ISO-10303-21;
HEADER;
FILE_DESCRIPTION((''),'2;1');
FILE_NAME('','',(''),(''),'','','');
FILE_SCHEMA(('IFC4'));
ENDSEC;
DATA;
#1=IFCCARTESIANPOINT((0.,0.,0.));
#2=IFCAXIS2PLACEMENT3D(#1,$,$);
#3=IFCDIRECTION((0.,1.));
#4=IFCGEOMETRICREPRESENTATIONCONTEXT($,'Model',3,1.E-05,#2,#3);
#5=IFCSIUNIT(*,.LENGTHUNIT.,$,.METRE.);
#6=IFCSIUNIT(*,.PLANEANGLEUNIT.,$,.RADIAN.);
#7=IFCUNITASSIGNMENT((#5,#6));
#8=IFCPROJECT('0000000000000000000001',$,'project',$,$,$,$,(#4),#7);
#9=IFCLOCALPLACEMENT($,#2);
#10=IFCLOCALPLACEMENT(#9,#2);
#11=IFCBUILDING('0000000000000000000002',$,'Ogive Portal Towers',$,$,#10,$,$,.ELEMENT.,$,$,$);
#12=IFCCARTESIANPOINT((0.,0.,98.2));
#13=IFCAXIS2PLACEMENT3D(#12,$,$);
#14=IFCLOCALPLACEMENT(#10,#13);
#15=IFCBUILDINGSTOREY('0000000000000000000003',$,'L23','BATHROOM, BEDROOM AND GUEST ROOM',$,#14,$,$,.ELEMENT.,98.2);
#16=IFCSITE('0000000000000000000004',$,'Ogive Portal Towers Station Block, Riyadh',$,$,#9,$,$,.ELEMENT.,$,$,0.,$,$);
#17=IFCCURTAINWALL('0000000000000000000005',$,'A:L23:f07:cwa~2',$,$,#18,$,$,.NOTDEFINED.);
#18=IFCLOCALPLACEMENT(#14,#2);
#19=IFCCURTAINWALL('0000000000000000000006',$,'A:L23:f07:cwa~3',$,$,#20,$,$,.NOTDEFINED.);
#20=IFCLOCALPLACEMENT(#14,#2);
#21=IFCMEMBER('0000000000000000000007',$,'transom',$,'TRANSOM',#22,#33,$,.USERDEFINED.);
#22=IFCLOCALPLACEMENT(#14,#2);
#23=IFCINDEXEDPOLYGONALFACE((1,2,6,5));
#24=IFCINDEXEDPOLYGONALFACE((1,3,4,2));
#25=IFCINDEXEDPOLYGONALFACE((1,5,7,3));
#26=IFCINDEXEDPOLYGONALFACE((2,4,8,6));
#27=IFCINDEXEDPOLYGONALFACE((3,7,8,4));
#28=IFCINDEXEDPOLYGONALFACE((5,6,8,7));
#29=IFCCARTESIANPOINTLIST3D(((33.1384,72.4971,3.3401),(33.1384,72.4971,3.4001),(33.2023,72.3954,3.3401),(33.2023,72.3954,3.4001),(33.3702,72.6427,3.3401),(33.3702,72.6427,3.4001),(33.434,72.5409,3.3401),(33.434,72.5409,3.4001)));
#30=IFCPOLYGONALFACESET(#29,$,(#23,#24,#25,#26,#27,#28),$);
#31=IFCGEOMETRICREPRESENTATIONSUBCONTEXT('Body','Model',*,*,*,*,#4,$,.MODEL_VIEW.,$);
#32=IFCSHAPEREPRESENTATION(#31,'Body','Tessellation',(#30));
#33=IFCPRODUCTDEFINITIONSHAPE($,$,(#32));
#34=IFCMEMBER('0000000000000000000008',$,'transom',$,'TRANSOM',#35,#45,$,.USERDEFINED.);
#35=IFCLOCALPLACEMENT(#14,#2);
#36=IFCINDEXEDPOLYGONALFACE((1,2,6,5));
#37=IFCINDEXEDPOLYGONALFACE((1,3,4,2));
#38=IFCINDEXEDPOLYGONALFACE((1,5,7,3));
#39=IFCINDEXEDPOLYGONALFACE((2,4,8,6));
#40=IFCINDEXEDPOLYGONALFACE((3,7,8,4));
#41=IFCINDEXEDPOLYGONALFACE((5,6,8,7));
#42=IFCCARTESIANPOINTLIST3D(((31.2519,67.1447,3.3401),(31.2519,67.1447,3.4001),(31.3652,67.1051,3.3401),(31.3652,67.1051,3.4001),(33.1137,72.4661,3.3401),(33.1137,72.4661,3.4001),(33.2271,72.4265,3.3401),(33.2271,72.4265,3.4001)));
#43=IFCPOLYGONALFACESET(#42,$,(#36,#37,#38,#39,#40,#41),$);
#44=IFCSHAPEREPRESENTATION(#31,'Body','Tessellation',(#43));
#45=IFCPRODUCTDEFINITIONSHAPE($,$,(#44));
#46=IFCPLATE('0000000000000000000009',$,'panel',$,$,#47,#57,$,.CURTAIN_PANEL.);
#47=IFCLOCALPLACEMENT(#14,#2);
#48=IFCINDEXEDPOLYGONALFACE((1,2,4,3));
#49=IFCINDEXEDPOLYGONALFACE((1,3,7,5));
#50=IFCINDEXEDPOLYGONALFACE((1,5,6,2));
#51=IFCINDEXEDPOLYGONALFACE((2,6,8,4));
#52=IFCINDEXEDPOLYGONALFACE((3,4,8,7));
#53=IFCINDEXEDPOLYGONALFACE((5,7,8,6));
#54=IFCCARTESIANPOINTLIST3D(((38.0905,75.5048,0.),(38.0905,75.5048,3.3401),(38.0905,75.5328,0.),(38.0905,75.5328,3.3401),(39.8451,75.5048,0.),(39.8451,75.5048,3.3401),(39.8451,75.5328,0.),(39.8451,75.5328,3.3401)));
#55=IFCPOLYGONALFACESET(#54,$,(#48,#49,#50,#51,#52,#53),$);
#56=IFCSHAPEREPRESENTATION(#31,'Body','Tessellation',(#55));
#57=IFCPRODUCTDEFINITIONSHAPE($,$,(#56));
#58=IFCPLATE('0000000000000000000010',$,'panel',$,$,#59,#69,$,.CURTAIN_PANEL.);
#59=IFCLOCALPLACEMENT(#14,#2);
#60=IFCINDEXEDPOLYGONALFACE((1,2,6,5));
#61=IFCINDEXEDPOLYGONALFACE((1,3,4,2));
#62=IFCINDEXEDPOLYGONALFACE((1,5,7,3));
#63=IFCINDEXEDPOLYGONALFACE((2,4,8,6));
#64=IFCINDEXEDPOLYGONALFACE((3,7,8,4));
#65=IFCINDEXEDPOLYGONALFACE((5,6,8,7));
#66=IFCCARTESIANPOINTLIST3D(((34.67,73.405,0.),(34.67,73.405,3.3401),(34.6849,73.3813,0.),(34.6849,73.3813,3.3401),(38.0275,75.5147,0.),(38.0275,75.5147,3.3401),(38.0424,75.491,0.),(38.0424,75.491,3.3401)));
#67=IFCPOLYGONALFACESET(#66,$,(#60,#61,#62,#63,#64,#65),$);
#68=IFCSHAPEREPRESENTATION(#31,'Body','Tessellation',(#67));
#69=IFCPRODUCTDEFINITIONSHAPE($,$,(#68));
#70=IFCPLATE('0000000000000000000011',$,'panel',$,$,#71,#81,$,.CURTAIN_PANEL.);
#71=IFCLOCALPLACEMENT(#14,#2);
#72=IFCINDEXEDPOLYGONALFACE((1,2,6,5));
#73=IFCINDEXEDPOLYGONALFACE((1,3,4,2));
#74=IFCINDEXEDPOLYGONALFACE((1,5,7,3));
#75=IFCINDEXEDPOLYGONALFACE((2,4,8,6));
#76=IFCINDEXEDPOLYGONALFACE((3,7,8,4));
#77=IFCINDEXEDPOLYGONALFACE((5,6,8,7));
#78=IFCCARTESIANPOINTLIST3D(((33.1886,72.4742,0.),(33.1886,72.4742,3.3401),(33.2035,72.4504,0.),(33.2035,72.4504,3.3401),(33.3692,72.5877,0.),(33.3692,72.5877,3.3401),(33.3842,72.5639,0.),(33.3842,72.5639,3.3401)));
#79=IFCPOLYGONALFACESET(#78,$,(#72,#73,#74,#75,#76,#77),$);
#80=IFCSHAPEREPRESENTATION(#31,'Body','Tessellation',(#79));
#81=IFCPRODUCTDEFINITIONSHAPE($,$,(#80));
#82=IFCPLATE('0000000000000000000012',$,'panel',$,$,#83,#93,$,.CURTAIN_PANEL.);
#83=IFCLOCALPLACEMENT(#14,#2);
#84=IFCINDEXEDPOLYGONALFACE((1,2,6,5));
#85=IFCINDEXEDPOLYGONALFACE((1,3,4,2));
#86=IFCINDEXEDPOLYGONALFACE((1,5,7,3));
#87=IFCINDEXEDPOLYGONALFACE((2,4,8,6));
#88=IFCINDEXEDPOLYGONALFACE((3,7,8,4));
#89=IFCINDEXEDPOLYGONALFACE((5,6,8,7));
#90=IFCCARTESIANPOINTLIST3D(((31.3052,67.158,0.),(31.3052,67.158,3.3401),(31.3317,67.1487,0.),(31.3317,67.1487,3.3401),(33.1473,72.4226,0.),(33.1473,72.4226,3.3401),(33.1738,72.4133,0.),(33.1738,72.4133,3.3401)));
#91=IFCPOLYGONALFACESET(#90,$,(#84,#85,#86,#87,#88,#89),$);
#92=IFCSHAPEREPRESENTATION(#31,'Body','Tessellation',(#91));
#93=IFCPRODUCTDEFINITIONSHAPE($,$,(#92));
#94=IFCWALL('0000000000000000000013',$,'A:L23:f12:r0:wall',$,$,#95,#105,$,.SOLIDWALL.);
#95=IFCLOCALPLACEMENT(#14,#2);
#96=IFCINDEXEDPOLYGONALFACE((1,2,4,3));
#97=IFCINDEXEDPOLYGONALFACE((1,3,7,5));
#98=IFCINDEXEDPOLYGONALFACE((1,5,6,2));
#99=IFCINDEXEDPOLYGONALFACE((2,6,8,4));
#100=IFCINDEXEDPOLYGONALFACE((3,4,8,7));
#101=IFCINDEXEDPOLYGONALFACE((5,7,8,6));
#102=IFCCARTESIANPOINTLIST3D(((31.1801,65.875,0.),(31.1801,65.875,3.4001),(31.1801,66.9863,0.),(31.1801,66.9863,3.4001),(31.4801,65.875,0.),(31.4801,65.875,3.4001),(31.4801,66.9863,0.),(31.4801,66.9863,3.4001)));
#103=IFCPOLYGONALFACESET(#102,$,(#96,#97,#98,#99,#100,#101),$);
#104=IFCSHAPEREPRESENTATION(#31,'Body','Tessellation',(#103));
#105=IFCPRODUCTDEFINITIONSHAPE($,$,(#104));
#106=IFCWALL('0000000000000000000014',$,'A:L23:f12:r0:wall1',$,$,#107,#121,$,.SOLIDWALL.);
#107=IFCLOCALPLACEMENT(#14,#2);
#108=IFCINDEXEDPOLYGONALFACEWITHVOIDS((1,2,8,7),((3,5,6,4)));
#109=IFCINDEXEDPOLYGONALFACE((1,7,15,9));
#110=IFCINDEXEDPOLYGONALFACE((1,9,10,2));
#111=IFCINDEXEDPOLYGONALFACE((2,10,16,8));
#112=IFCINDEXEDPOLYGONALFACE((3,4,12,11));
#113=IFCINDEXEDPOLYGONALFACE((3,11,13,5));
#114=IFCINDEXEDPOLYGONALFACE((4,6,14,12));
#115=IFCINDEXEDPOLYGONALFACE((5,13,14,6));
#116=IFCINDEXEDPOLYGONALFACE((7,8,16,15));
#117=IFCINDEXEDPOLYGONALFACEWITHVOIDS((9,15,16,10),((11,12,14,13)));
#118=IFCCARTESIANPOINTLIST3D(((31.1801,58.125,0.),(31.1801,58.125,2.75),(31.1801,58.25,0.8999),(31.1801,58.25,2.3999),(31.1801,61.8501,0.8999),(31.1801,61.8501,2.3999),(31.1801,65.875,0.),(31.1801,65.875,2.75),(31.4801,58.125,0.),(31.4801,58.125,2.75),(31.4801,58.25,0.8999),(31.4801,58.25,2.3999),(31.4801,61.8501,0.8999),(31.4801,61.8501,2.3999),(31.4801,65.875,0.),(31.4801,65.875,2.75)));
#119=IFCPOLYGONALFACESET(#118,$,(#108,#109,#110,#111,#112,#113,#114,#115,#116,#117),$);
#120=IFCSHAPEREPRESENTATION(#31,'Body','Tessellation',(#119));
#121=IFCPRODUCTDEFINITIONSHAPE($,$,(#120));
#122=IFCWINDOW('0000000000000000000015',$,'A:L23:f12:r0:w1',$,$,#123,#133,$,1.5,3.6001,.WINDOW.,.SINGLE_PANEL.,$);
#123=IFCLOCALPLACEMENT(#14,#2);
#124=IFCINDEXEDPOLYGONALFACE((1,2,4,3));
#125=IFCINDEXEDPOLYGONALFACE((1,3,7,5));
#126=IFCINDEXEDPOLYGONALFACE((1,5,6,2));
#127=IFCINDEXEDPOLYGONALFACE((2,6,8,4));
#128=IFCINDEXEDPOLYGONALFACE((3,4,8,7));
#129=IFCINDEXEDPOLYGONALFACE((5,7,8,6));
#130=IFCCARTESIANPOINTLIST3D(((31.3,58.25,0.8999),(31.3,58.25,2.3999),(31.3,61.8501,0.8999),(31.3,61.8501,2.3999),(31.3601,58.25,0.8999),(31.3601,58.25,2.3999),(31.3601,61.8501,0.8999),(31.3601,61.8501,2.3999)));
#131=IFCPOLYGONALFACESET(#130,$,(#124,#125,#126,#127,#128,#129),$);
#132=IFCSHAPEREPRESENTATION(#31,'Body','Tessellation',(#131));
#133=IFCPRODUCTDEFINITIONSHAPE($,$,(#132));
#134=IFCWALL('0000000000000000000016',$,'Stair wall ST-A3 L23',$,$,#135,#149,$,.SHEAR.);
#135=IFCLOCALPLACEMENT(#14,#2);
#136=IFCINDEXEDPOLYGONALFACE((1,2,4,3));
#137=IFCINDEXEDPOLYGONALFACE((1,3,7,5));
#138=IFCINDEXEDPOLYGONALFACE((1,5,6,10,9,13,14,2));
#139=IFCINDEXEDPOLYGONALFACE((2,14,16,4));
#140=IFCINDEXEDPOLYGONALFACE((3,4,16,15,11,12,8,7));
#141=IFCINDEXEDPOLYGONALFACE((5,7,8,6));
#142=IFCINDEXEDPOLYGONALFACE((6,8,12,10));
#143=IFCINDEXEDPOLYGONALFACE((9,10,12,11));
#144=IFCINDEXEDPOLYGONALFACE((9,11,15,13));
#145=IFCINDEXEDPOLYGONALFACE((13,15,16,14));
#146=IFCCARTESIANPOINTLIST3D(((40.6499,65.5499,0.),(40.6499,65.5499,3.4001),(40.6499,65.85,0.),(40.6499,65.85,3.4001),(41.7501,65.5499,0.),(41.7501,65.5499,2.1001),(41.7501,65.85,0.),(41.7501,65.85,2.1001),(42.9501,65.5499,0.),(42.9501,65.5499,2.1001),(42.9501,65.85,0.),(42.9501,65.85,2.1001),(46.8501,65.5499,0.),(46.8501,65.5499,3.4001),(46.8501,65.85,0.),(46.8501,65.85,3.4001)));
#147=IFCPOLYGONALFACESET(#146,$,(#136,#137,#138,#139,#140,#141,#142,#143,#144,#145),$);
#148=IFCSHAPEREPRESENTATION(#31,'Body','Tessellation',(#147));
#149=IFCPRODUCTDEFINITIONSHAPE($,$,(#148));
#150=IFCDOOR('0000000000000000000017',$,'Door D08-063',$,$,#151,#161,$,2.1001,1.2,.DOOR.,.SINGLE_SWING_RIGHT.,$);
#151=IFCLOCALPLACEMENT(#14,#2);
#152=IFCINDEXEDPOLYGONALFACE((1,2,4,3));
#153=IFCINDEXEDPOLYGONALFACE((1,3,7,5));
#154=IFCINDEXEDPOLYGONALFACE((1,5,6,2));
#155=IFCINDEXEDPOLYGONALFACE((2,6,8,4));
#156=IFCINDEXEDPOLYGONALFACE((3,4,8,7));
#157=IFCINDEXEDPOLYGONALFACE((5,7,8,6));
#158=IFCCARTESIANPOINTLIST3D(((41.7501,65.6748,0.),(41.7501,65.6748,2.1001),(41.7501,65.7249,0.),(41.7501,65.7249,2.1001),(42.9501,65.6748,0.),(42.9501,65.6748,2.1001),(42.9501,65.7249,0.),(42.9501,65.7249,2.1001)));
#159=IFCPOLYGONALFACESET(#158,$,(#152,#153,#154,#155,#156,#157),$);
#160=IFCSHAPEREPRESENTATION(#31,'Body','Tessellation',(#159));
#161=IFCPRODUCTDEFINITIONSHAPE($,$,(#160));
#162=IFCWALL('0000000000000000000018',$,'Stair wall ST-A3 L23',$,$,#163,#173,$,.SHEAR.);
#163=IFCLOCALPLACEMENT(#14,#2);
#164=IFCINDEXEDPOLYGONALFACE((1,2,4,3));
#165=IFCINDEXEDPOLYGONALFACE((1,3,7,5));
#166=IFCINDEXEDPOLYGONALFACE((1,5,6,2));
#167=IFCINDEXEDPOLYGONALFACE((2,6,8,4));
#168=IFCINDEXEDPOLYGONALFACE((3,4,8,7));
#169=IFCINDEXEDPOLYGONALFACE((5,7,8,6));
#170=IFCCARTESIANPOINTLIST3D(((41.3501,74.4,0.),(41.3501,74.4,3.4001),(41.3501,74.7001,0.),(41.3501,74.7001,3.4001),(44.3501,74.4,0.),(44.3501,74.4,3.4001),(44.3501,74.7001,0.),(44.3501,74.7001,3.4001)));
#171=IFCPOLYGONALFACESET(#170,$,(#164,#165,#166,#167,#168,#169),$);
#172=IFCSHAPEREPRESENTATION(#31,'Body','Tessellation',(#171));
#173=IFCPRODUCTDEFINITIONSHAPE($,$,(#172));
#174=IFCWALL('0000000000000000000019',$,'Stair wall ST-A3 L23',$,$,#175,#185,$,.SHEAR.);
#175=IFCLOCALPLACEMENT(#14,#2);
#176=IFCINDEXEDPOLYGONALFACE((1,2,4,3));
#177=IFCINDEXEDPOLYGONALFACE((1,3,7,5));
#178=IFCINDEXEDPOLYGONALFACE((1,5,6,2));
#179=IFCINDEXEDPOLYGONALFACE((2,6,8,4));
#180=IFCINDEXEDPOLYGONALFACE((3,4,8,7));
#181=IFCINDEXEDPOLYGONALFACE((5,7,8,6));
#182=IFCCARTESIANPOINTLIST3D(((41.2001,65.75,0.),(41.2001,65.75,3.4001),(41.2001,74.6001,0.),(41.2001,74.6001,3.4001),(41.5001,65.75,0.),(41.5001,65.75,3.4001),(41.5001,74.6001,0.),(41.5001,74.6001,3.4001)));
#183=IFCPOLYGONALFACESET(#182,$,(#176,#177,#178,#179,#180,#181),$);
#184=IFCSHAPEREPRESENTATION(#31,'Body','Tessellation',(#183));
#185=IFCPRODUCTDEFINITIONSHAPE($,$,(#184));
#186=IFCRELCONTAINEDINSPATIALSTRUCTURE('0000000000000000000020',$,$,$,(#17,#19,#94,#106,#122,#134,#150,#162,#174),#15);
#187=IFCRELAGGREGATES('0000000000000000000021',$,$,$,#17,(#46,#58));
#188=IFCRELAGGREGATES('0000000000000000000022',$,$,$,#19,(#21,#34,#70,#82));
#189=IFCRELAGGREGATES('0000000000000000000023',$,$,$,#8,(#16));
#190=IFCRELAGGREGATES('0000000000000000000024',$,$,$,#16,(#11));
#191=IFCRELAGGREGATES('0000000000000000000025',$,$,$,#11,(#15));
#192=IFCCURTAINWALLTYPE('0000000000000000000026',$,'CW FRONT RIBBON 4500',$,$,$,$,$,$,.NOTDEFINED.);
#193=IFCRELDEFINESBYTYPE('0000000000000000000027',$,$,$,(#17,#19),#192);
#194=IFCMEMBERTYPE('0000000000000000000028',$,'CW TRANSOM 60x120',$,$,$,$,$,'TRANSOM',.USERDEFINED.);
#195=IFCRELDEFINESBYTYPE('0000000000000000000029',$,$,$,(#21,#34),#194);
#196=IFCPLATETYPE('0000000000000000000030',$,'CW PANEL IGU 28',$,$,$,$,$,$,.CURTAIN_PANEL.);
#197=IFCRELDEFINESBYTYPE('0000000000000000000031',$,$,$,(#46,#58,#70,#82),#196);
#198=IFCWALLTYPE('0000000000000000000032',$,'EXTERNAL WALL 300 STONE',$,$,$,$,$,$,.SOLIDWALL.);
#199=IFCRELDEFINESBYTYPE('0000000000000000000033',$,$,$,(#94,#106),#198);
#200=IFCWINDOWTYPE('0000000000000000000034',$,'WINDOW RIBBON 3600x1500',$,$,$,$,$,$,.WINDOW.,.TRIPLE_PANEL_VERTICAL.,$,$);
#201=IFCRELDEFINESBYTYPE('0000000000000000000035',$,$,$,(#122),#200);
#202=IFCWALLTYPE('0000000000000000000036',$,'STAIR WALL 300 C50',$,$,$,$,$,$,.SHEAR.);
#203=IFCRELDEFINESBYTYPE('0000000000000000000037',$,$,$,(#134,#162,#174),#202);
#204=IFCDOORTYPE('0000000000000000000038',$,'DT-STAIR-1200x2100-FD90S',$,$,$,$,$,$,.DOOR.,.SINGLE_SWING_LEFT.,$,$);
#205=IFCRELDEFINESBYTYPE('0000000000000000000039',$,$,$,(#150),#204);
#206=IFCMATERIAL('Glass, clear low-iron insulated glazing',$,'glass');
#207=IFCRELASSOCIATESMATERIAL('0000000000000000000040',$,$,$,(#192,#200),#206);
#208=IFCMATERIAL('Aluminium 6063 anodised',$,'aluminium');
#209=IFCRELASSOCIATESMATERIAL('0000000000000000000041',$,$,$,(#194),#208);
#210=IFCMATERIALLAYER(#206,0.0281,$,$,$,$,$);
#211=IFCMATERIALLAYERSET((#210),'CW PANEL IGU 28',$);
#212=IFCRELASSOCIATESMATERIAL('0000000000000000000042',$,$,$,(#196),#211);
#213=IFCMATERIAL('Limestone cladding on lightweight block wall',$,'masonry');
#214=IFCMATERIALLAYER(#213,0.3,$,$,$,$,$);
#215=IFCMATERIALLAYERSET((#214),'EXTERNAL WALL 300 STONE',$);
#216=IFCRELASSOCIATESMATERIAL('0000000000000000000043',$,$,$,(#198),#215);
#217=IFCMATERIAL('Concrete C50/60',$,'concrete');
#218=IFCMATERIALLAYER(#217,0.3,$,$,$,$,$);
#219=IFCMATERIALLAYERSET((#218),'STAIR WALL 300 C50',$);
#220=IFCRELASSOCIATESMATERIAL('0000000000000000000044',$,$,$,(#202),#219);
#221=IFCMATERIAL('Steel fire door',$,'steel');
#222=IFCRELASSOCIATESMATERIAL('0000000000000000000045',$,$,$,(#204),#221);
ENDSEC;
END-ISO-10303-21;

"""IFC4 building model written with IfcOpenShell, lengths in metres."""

from ifc_helpers import new_model, si_unit, direction, frame, frame_2d, origin, origin_2d, place, context, subcontext, project, spatial, rectangle, extrude, material, layer, layer_set, material_profile, profile_set, type_object, element, fill, aggregate, save


model = new_model("IFC4")

# Units and contexts
model_context = context("Model", 3, precision=1e-05, world=origin(), true_north=direction((0.0, 1.0)))
body_context = subcontext(model_context, "Body", "Model", "MODEL_VIEW")
ifc_project = project(units=[si_unit("LENGTHUNIT", "METRE"), si_unit("PLANEANGLEUNIT", "RADIAN")], contexts=[model_context])

# Site, building, storey
site_placement = place(None, origin())
site = spatial("IfcSite", under=ifc_project, at=site_placement, Name="Ogive Portal Towers Station Block, Riyadh", CompositionType="ELEMENT", RefElevation=0.0)
building_placement = place(site_placement, origin())
building = spatial("IfcBuilding", under=site, at=building_placement, Name="Ogive Portal Towers", CompositionType="ELEMENT")
storey_placement = place(building_placement, frame((0.0, 0.0, 98.2)))
storey = spatial("IfcBuildingStorey", under=building, at=storey_placement, Name="L23", Description="BATHROOM, BEDROOM AND GUEST ROOM", CompositionType="ELEMENT", Elevation=98.2)

# Shared definitions
ifc_material_1 = material(Name="Glass, clear low-iron insulated glazing", Category="glass")
curtain_wall_type = type_object("IfcCurtainWallType", Name="CW FRONT RIBBON 4500", PredefinedType="NOTDEFINED", material=ifc_material_1)
ifc_material_2 = material(Name="Aluminium 6063 anodised", Category="aluminium")

# Curtain walls
curtain_wall_1_placement = place(storey_placement, origin())
curtain_wall_1 = element("IfcCurtainWall", 1, at=curtain_wall_1_placement, inside=storey, type_object=curtain_wall_type, Name="A:L23:f07:cwa~2", PredefinedType="NOTDEFINED")
curtain_wall_2_placement = place(storey_placement, origin())
curtain_wall_2 = element("IfcCurtainWall", 2, at=curtain_wall_2_placement, inside=storey, type_object=curtain_wall_type, Name="A:L23:f07:cwa~3", PredefinedType="NOTDEFINED")

# Members
ifc_material_profile_1 = material_profile(ifc_material_2, rectangle(XDim=0.1201, YDim=0.0601, at=origin_2d()), Name="AL 120x60")
ifc_profile_set_1 = profile_set([ifc_material_profile_1], Name="Aluminium 6063 anodised")
member_type_1 = type_object("IfcMemberType", Name="CW TRANSOM 60x120", ElementType="TRANSOM", PredefinedType="USERDEFINED", material=ifc_profile_set_1)
member_1_placement = place(storey_placement, frame((33.4021, 72.5918, 3.3701), z_axis=(-0.846843, -0.531843, 0.0), x_axis=(0.531843, -0.846843, 0.0)))
member_1 = element("IfcMember", 3, at=member_1_placement, type_object=member_type_1, Name="transom", ObjectType="TRANSOM", PredefinedType="USERDEFINED", context=body_context, shape_type="SweptSolid", body=[
    extrude(rectangle(XDim=0.1201, YDim=0.0601, at=origin_2d()), origin(), (0.0, 0.0, 1.0), 0.2737),
])
member_2_placement = place(storey_placement, frame((33.1704, 72.4463, 3.3701), z_axis=(-0.33025, -0.943893, 0.0), x_axis=(0.943893, -0.33025, 0.0)))
member_2 = element("IfcMember", 4, at=member_2_placement, type_object=member_type_1, Name="transom", ObjectType="TRANSOM", PredefinedType="USERDEFINED", context=body_context, shape_type="SweptSolid", body=[
    extrude(rectangle(XDim=0.1201, YDim=0.0601, at=origin_2d()), origin(), (0.0, 0.0, 1.0), 5.6377),
])

# Plates
ifc_layer_1 = layer(ifc_material_1, 0.0281)
ifc_layer_set_1 = layer_set([ifc_layer_1], Name="CW PANEL IGU 28")
plate_type = type_object("IfcPlateType", Name="CW PANEL IGU 28", PredefinedType="CURTAIN_PANEL", material=ifc_layer_set_1)
plate_1_placement = place(storey_placement, frame((38.9678, 75.5188, 0.0), z_axis=(0.0, 0.0, 1.0), x_axis=(-1.0, 0.0, 0.0)))
plate_1 = element("IfcPlate", 5, at=plate_1_placement, type_object=plate_type, Name="panel", PredefinedType="CURTAIN_PANEL", context=body_context, shape_type="SweptSolid", body=[
    extrude(rectangle(XDim=1.7546, YDim=0.0281, at=origin_2d()), origin(), (0.0, 0.0, 1.0), 3.3401),
])
plate_2_placement = place(storey_placement, frame((36.3562, 74.448, 0.0), z_axis=(0.0, 0.0, 1.0), x_axis=(-0.846724, -0.532032, 0.0)))
plate_2 = element("IfcPlate", 6, at=plate_2_placement, type_object=plate_type, Name="panel", PredefinedType="CURTAIN_PANEL", context=body_context, shape_type="SweptSolid", body=[
    extrude(rectangle(XDim=3.9653, YDim=0.0281, at=origin_2d()), origin(), (0.0, 0.0, 1.0), 3.3401),
])
aggregate(curtain_wall_1, [plate_1, plate_2])
plate_3_placement = place(storey_placement, frame((33.2864, 72.519, 0.0), z_axis=(0.0, 0.0, 1.0), x_axis=(-0.846724, -0.532032, 0.0)))
plate_3 = element("IfcPlate", 7, at=plate_3_placement, type_object=plate_type, Name="panel", PredefinedType="CURTAIN_PANEL", context=body_context, shape_type="SweptSolid", body=[
    extrude(rectangle(XDim=0.2134, YDim=0.0281, at=origin_2d()), origin(), (0.0, 0.0, 1.0), 3.3401),
])
plate_4_placement = place(storey_placement, frame((32.2395, 69.7856, 0.0), z_axis=(0.0, 0.0, 1.0), x_axis=(-0.330279, -0.943883, 0.0)))
plate_4 = element("IfcPlate", 8, at=plate_4_placement, type_object=plate_type, Name="panel", PredefinedType="CURTAIN_PANEL", context=body_context, shape_type="SweptSolid", body=[
    extrude(rectangle(XDim=5.5776, YDim=0.0281, at=origin_2d()), origin(), (0.0, 0.0, 1.0), 3.3401),
])
aggregate(curtain_wall_2, [member_1, member_2, plate_3, plate_4])

# Wall
ifc_material_3 = material(Name="Limestone cladding on lightweight block wall", Category="masonry")
ifc_layer_2 = layer(ifc_material_3, 0.3)
ifc_layer_set_2 = layer_set([ifc_layer_2], Name="EXTERNAL WALL 300 STONE")
wall_type_1 = type_object("IfcWallType", Name="EXTERNAL WALL 300 STONE", PredefinedType="SOLIDWALL", material=ifc_layer_set_2)
wall_1_placement = place(storey_placement, frame((31.3301, 66.9863, 0.0), z_axis=(0.0, 0.0, 1.0), x_axis=(0.0, -1.0, 0.0)))
element("IfcWall", 9, at=wall_1_placement, inside=storey, type_object=wall_type_1, Name="A:L23:f12:r0:wall", PredefinedType="SOLIDWALL", context=body_context, shape_type="SweptSolid", body=[
    extrude(rectangle(XDim=1.1113, YDim=0.3, at=frame_2d((0.5557, 0.0))), origin(), (0.0, 0.0, 1.0), 3.4001),
])

# Wall, opening, window
wall_2_placement = place(storey_placement, frame((31.3301, 65.875, 0.0), z_axis=(0.0, 0.0, 1.0), x_axis=(0.0, -1.0, 0.0)))
wall_2 = element("IfcWall", 10, at=wall_2_placement, inside=storey, type_object=wall_type_1, Name="A:L23:f12:r0:wall1", PredefinedType="SOLIDWALL", context=body_context, shape_type="SweptSolid", body=[
    extrude(rectangle(XDim=7.75, YDim=0.3, at=frame_2d((3.875, 0.0))), origin(), (0.0, 0.0, 1.0), 2.75),
])
opening_1_placement = place(wall_2_placement, frame((4.0249, 0.0, 0.8999)))
opening_1 = element("IfcOpeningElement", 11, at=opening_1_placement, cuts=wall_2, PredefinedType="OPENING", context=body_context, shape_type="SweptSolid", body=[
    extrude(rectangle(XDim=3.6001, YDim=1.5, at=frame_2d((1.8, 0.75))), frame((0.0, 0.1602, 0.0), z_axis=(0.0, -1.0, 0.0), x_axis=(1.0, 0.0, 0.0)), (0.0, 0.0, 1.0), 0.3201),
])
window_type = type_object("IfcWindowType", Name="WINDOW RIBBON 3600x1500", PartitioningType="TRIPLE_PANEL_VERTICAL", PredefinedType="WINDOW", material=ifc_material_1)
window_placement = place(opening_1_placement, origin())
window = element("IfcWindow", 12, at=window_placement, inside=storey, type_object=window_type, Name="A:L23:f12:r0:w1", OverallHeight=1.5, OverallWidth=3.6001, PartitioningType="SINGLE_PANEL", PredefinedType="WINDOW", context=body_context, shape_type="SweptSolid", body=[
    extrude(rectangle(XDim=3.6001, YDim=1.5, at=frame_2d((1.8, 0.75))), frame((0.0, 0.03, 0.0), z_axis=(0.0, -1.0, 0.0), x_axis=(1.0, 0.0, 0.0)), (0.0, 0.0, 1.0), 0.0601),
])
fill(opening_1, window)

# Wall, opening, door
ifc_material_4 = material(Name="Concrete C50/60", Category="concrete")
ifc_layer_3 = layer(ifc_material_4, 0.3)
ifc_layer_set_3 = layer_set([ifc_layer_3], Name="STAIR WALL 300 C50")
wall_type_2 = type_object("IfcWallType", Name="STAIR WALL 300 C50", PredefinedType="SHEAR", material=ifc_layer_set_3)
wall_3_placement = place(storey_placement, frame((40.6499, 65.7, 0.0), z_axis=(0.0, 0.0, 1.0), x_axis=(1.0, 0.0, 0.0)))
wall_3 = element("IfcWall", 13, at=wall_3_placement, inside=storey, type_object=wall_type_2, Name="Stair wall ST-A3 L23", PredefinedType="SHEAR", context=body_context, shape_type="SweptSolid", body=[
    extrude(rectangle(XDim=6.2002, YDim=0.3, at=frame_2d((3.1001, 0.0))), origin(), (0.0, 0.0, 1.0), 3.4001),
])
opening_2_placement = place(wall_3_placement, frame((1.1001, 0.0, 0.0)))
opening_2 = element("IfcOpeningElement", 14, at=opening_2_placement, cuts=wall_3, PredefinedType="OPENING", context=body_context, shape_type="SweptSolid", body=[
    extrude(rectangle(XDim=1.2, YDim=2.1001, at=frame_2d((0.6001, 1.05))), frame((0.0, 0.1602, 0.0), z_axis=(0.0, -1.0, 0.0), x_axis=(1.0, 0.0, 0.0)), (0.0, 0.0, 1.0), 0.3201),
])
ifc_material_5 = material(Name="Steel fire door", Category="steel")
door_type_1 = type_object("IfcDoorType", Name="DT-STAIR-1200x2100-FD90S", OperationType="SINGLE_SWING_LEFT", PredefinedType="DOOR", material=ifc_material_5)
door_1_placement = place(opening_2_placement, origin())
door_1 = element("IfcDoor", 15, at=door_1_placement, inside=storey, type_object=door_type_1, Name="Door D08-063", OperationType="SINGLE_SWING_RIGHT", OverallHeight=2.1001, OverallWidth=1.2, PredefinedType="DOOR", context=body_context, shape_type="SweptSolid", body=[
    extrude(rectangle(XDim=1.2, YDim=2.1001, at=frame_2d((0.6001, 1.05))), frame((0.0, 0.0249, 0.0), z_axis=(0.0, -1.0, 0.0), x_axis=(1.0, 0.0, 0.0)), (0.0, 0.0, 1.0), 0.05),
])
fill(opening_2, door_1)

# Walls
wall_4_placement = place(storey_placement, frame((41.3501, 74.55, 0.0), z_axis=(0.0, 0.0, 1.0), x_axis=(1.0, 0.0, 0.0)))
element("IfcWall", 16, at=wall_4_placement, inside=storey, type_object=wall_type_2, Name="Stair wall ST-A3 L23", PredefinedType="SHEAR", context=body_context, shape_type="SweptSolid", body=[
    extrude(rectangle(XDim=3.0, YDim=0.3, at=frame_2d((1.5, 0.0))), origin(), (0.0, 0.0, 1.0), 3.4001),
])
wall_5_placement = place(storey_placement, frame((41.3501, 65.75, 0.0), z_axis=(0.0, 0.0, 1.0), x_axis=(0.0, 1.0, 0.0)))
element("IfcWall", 17, at=wall_5_placement, inside=storey, type_object=wall_type_2, Name="Stair wall ST-A3 L23", PredefinedType="SHEAR", context=body_context, shape_type="SweptSolid", body=[
    extrude(rectangle(XDim=8.8501, YDim=0.3, at=frame_2d((4.425, 0.0))), origin(), (0.0, 0.0, 1.0), 3.4001),
])

save(model, "model.ifc")
